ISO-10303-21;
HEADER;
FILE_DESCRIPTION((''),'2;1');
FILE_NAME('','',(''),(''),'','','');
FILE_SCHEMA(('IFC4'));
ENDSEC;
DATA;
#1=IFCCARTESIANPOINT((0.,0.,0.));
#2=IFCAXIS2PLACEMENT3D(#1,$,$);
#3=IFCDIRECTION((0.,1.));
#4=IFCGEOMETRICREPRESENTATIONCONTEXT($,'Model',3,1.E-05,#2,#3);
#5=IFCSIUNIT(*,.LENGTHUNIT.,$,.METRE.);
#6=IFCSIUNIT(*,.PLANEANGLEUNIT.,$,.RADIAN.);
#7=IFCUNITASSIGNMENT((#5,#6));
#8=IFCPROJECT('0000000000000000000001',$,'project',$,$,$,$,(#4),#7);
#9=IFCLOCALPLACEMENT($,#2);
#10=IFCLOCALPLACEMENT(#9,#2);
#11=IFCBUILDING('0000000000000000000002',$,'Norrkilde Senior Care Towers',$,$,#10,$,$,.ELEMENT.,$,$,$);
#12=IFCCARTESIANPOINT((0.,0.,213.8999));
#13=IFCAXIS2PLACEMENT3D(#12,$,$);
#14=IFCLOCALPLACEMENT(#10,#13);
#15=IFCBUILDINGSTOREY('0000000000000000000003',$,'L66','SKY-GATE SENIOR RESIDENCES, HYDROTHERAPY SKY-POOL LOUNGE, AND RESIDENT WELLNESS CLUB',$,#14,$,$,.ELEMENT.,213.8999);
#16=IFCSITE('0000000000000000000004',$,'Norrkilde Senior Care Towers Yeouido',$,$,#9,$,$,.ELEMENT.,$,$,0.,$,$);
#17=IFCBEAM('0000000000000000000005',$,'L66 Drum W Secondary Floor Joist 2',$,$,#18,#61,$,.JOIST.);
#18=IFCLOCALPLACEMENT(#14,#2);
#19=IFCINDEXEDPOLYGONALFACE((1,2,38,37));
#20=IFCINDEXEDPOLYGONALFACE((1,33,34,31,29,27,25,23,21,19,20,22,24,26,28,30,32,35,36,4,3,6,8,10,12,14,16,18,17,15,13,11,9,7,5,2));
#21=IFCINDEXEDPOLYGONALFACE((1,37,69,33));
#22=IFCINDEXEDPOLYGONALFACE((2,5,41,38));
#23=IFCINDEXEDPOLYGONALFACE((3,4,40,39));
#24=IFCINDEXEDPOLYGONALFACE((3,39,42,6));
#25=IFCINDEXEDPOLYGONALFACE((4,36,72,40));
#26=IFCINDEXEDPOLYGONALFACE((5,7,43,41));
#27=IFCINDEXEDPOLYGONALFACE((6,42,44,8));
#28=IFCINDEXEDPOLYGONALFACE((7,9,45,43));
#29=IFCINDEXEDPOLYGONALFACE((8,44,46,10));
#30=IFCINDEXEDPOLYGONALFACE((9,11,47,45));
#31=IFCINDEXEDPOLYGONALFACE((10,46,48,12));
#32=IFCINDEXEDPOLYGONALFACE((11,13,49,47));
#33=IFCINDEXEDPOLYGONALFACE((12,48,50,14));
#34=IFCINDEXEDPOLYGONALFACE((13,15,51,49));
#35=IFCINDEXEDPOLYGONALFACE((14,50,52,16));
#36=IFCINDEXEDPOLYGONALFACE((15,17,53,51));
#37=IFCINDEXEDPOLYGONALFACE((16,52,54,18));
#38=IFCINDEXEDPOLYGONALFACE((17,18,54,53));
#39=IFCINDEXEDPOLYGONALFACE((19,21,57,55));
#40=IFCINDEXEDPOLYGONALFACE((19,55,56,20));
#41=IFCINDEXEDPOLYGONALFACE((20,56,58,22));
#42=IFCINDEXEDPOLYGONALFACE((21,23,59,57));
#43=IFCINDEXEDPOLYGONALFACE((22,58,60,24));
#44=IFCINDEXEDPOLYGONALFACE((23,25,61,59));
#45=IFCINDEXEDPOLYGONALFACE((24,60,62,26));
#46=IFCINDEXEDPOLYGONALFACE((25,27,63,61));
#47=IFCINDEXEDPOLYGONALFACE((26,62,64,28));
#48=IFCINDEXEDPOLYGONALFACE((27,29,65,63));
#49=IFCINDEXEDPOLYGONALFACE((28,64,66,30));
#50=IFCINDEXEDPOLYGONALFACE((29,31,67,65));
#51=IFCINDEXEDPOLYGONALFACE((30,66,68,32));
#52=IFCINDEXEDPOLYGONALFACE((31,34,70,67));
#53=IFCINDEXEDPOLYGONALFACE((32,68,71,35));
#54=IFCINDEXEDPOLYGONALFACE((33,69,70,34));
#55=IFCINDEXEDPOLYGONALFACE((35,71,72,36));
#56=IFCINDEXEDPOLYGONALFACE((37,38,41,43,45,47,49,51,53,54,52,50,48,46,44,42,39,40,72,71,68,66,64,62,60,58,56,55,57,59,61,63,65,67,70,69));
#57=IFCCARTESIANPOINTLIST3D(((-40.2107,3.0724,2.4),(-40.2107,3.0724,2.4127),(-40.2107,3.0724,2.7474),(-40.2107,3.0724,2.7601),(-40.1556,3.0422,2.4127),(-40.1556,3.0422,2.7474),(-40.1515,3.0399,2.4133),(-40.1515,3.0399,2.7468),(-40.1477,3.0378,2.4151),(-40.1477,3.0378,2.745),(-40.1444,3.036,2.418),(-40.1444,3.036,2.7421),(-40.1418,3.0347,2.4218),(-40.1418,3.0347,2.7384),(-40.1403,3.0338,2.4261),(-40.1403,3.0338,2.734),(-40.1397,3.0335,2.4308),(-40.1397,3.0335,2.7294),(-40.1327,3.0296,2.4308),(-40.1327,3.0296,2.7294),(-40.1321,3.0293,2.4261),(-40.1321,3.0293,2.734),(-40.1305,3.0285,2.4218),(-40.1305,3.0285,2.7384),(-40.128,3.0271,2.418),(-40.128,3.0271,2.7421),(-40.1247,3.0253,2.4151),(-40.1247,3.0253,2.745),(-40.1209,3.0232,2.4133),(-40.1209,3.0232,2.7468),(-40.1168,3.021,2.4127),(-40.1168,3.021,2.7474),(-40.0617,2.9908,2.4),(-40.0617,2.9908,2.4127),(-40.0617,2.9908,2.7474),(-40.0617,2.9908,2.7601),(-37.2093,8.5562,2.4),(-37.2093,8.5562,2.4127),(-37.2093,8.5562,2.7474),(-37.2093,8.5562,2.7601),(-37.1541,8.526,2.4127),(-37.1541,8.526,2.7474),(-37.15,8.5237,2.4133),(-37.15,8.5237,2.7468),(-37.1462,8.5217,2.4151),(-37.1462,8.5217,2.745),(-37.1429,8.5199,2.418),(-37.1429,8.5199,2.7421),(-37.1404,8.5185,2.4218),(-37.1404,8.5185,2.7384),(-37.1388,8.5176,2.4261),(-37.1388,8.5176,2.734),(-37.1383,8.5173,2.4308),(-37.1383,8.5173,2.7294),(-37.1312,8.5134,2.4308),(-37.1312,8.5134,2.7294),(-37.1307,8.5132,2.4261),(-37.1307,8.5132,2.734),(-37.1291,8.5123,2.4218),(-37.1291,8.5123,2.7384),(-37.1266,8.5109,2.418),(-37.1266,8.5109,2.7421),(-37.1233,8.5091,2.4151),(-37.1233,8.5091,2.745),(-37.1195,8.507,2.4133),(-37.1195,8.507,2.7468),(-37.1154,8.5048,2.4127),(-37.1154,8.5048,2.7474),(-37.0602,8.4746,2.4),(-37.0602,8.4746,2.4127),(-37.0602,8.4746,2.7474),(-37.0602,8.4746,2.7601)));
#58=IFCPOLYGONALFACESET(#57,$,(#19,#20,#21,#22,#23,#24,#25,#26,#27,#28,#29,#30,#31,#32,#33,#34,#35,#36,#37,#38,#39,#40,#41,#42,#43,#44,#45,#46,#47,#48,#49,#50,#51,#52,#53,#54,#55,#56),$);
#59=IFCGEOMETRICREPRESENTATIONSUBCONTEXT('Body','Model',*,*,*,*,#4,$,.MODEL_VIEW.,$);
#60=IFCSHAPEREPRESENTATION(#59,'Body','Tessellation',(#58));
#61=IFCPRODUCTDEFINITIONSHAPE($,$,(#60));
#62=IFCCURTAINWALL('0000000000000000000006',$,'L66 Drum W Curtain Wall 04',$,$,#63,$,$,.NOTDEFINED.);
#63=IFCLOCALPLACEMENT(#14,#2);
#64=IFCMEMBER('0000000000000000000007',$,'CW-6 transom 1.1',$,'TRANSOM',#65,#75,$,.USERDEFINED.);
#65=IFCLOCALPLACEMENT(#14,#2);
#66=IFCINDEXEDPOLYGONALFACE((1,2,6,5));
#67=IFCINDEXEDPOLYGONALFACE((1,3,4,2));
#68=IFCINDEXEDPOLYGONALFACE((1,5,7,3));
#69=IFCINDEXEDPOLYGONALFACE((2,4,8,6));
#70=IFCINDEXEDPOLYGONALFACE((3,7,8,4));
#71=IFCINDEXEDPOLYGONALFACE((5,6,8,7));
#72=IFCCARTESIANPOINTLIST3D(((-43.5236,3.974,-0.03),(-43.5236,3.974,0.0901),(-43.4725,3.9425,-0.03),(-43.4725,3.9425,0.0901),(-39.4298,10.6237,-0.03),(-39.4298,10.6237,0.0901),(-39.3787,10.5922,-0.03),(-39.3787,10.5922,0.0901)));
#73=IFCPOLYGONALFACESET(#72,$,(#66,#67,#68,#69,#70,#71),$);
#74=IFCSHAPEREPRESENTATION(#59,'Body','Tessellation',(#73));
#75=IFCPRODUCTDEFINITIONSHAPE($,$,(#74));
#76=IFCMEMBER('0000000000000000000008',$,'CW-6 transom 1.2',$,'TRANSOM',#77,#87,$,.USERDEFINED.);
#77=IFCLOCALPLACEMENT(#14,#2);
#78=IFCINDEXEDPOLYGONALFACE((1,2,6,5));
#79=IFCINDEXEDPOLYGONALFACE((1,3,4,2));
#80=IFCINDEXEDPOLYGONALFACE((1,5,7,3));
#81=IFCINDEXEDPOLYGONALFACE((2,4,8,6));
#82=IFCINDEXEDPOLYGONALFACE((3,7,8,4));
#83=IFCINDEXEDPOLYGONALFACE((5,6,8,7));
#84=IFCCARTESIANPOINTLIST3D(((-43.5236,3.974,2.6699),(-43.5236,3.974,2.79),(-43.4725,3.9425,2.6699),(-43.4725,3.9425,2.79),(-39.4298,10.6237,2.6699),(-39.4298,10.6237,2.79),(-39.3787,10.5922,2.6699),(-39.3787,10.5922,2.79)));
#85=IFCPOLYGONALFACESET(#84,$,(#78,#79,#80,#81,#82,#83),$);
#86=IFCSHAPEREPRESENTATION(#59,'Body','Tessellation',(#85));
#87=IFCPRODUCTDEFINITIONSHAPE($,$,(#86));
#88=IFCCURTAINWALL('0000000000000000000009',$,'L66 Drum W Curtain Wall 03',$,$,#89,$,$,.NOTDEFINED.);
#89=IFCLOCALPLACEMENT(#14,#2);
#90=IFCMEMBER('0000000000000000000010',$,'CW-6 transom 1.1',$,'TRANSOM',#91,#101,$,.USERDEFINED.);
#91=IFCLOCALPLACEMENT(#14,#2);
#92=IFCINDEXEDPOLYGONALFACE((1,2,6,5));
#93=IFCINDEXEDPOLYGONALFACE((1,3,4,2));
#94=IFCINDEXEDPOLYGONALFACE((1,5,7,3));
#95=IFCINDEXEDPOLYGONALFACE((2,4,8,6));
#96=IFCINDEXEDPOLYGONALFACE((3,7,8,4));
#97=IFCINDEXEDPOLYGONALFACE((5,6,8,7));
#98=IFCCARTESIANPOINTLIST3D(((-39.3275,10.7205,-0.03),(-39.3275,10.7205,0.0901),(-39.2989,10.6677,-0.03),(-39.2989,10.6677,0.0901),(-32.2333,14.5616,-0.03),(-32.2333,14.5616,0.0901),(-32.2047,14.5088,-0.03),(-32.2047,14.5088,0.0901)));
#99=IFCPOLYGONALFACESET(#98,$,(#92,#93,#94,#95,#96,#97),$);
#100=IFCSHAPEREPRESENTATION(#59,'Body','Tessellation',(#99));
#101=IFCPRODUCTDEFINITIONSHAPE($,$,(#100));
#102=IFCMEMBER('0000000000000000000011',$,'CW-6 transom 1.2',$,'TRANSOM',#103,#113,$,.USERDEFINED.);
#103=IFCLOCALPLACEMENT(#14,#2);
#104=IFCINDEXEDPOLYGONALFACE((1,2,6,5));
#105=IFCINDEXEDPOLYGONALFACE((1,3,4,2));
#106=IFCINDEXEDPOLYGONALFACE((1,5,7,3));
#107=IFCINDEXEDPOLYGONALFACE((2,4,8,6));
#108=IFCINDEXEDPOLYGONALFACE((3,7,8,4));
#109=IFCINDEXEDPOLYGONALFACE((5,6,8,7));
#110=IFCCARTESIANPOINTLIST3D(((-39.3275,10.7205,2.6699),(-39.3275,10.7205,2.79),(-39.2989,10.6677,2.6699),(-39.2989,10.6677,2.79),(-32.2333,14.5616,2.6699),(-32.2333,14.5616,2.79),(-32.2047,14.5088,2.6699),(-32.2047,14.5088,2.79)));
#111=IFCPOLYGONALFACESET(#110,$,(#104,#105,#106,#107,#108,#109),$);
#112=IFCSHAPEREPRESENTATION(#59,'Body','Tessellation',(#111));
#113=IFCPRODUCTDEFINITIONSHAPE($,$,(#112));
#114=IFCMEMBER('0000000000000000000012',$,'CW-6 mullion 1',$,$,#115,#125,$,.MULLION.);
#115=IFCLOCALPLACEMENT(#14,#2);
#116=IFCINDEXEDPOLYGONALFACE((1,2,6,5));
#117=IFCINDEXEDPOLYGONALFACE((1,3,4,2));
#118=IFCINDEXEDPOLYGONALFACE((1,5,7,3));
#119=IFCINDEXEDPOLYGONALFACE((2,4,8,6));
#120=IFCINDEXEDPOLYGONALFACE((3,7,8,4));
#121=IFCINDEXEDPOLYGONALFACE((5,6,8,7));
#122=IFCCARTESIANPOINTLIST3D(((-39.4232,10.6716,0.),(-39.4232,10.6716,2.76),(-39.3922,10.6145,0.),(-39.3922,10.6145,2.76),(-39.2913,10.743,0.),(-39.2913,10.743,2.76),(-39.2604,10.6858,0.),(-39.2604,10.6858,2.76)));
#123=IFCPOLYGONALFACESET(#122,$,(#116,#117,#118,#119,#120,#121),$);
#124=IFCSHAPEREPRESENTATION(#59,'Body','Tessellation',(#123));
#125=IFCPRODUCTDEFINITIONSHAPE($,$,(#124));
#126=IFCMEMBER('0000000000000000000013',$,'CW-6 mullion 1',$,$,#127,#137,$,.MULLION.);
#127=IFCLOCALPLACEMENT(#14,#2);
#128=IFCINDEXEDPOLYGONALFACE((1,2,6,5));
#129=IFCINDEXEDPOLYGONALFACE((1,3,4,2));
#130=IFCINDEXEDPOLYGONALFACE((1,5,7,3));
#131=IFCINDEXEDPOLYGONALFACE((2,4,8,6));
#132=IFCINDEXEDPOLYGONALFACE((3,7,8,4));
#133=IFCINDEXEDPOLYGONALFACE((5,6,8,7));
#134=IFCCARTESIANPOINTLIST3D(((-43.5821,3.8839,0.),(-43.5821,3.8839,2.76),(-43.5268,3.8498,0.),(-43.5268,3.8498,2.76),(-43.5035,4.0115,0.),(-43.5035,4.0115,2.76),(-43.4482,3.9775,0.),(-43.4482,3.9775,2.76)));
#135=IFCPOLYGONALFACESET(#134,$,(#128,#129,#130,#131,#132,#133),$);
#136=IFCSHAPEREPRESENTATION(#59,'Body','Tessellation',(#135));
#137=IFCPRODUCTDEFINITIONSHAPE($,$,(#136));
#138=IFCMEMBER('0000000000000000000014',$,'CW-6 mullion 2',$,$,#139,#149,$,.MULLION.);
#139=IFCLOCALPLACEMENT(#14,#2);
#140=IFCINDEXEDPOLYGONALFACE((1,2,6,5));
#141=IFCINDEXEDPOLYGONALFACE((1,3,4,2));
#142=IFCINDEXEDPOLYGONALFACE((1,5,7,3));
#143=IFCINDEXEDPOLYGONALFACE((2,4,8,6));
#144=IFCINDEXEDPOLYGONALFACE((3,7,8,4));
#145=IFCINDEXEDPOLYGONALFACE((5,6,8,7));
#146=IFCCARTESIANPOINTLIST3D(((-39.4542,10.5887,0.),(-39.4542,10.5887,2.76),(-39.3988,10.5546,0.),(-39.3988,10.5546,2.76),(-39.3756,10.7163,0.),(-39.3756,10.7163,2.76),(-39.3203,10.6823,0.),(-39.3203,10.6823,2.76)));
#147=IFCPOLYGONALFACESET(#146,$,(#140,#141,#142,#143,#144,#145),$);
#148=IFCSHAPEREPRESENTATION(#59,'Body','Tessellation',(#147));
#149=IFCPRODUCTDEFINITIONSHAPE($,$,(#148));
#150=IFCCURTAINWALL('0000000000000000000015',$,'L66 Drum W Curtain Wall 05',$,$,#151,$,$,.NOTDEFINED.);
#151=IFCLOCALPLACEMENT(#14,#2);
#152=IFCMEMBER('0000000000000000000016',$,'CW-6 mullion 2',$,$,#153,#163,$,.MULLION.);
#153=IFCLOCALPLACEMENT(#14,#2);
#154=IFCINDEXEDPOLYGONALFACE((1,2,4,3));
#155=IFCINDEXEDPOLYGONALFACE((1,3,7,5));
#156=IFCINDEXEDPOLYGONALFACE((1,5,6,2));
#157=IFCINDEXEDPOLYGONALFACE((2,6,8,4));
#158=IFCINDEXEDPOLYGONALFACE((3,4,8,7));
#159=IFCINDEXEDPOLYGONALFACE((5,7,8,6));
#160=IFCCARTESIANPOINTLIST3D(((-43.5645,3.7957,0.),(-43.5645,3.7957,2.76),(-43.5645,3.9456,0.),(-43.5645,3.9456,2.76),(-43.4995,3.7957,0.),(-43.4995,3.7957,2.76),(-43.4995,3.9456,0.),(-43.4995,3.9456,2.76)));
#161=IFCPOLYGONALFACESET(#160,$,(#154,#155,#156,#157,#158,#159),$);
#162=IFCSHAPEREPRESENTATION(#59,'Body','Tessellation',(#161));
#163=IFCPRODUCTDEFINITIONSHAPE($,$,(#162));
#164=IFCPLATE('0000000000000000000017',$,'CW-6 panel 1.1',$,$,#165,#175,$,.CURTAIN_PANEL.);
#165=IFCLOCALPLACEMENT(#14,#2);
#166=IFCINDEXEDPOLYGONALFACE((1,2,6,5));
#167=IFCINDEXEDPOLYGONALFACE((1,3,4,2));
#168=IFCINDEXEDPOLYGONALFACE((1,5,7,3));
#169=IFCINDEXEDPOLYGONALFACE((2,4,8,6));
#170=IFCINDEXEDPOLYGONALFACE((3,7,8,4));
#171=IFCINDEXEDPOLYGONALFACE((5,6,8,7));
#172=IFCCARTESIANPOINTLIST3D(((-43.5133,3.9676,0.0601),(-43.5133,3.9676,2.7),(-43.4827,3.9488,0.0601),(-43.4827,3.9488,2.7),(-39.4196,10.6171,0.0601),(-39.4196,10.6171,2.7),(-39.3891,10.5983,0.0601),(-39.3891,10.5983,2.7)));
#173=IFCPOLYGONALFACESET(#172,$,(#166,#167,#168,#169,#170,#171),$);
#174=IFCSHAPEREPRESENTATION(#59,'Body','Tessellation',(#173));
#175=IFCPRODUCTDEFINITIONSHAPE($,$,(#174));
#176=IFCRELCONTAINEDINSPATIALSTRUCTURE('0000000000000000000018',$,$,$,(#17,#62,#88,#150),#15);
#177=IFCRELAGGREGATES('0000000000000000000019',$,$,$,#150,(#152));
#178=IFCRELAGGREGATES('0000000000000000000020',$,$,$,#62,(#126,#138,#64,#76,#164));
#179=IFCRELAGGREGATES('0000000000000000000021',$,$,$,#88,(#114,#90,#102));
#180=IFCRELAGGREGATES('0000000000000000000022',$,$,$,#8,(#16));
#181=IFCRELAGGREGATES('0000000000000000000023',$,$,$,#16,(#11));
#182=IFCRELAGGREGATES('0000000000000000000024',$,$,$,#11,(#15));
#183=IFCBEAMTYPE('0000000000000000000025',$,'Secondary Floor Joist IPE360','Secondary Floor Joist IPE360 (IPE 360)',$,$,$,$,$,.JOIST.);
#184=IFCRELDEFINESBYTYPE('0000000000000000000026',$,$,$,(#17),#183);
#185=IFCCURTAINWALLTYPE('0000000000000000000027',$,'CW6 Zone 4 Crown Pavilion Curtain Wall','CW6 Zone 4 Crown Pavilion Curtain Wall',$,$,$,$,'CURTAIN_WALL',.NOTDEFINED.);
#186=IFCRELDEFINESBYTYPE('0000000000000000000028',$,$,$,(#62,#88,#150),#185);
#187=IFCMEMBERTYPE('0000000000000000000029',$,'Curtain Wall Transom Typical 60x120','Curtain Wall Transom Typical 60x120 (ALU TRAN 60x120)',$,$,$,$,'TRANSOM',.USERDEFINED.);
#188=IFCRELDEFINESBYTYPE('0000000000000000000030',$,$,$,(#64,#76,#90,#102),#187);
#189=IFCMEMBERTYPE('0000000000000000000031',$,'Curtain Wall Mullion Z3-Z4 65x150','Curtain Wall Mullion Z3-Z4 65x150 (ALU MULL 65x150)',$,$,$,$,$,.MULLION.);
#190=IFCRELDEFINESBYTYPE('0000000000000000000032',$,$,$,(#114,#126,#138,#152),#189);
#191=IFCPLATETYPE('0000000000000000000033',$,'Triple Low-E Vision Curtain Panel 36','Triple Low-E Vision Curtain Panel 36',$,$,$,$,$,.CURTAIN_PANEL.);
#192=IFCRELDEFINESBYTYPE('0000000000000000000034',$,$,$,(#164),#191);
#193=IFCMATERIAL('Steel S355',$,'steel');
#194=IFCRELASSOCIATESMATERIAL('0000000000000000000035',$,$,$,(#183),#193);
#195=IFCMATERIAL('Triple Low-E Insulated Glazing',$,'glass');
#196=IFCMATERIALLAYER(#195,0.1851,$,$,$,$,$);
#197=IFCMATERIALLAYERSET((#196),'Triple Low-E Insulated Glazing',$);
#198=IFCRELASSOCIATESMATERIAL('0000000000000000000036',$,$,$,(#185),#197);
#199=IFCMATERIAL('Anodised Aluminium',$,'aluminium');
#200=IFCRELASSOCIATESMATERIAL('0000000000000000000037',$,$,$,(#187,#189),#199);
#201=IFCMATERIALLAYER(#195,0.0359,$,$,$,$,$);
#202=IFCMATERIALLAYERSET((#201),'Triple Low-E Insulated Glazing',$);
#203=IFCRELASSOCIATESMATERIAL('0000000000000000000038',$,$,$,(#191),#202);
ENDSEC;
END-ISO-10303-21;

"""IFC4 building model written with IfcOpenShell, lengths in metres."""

from ifc_helpers import new_model, si_unit, direction, frame, origin, origin_2d, place, context, subcontext, project, spatial, rectangle, i_section, extrude, source, transform, mapped, material, layer, layer_set, material_profile, profile_set, type_object, type_shapes, element, aggregate, save


model = new_model("IFC4")

# Units and contexts
model_context = context("Model", 3, precision=1e-05, world=origin(), true_north=direction((0.0, 1.0)))
body_context = subcontext(model_context, "Body", "Model", "MODEL_VIEW")
ifc_project = project(units=[si_unit("LENGTHUNIT", "METRE"), si_unit("PLANEANGLEUNIT", "RADIAN")], contexts=[model_context])

# Site, building, storey
site_placement = place(None, origin())
site = spatial("IfcSite", under=ifc_project, at=site_placement, Name="Norrkilde Senior Care Towers Yeouido", CompositionType="ELEMENT", RefElevation=0.0)
building_placement = place(site_placement, origin())
building = spatial("IfcBuilding", under=site, at=building_placement, Name="Norrkilde Senior Care Towers", CompositionType="ELEMENT")
storey_placement = place(building_placement, frame((0.0, 0.0, 213.8999)))
storey = spatial("IfcBuildingStorey", under=building, at=storey_placement, Name="L66", Description="SKY-GATE SENIOR RESIDENCES, HYDROTHERAPY SKY-POOL LOUNGE, AND RESIDENT WELLNESS CLUB", CompositionType="ELEMENT", Elevation=213.8999)

# Beam
ifc_material_1 = material(Name="Steel S355", Category="steel")
ifc_material_profile_1 = material_profile(ifc_material_1, i_section(OverallWidth=0.1699, OverallDepth=0.3601, WebThickness=0.0081, FlangeThickness=0.0127, FilletRadius=0.0181, at=origin_2d()), Name="IPE 360")
ifc_profile_set_1 = profile_set([ifc_material_profile_1], Name="Steel S355")
beam_type_1 = type_object("IfcBeamType", Name="Secondary Floor Joist IPE360", Description="Secondary Floor Joist IPE360 (IPE 360)", PredefinedType="JOIST", material=ifc_profile_set_1)
shared_shape_1 = source(origin(), body_context, "Body", "SweptSolid", [
    extrude(i_section(OverallWidth=0.1699, OverallDepth=0.3601, WebThickness=0.0081, FlangeThickness=0.0127, FilletRadius=0.0181, at=origin_2d()), origin(), (0.0, 0.0, 1.0), 6.2515),
])
type_shapes(beam_type_1, [shared_shape_1])
beam_1_placement = place(storey_placement, frame((-37.1348, 8.5154, 2.5801), z_axis=(-0.480116, -0.877205, 0.0), x_axis=(0.877205, -0.480116, 0.0)))
element("IfcBeam", 1, at=beam_1_placement, inside=storey, type_object=beam_type_1, Name="L66 Drum W Secondary Floor Joist 2", PredefinedType="JOIST", context=body_context, shape_type="MappedRepresentation", body=[
    mapped(shared_shape_1, transform((0.0, 0.0, 0.0), x_axis=(1.0, 0.0, 0.0), y_axis=(0.0, 1.0, 0.0), z_axis=(0.0, 0.0, 1.0), scale=1.0)),
])

# Curtain walls, members
ifc_material_2 = material(Name="Triple Low-E Insulated Glazing", Category="glass")
ifc_layer_1 = layer(ifc_material_2, 0.1851)
ifc_layer_set_1 = layer_set([ifc_layer_1], Name="Triple Low-E Insulated Glazing")
curtain_wall_type = type_object("IfcCurtainWallType", Name="CW6 Zone 4 Crown Pavilion Curtain Wall", Description="CW6 Zone 4 Crown Pavilion Curtain Wall", ElementType="CURTAIN_WALL", PredefinedType="NOTDEFINED", material=ifc_layer_set_1)
curtain_wall_1_placement = place(storey_placement, origin())
curtain_wall_1 = element("IfcCurtainWall", 2, at=curtain_wall_1_placement, inside=storey, type_object=curtain_wall_type, Name="L66 Drum W Curtain Wall 04", PredefinedType="NOTDEFINED")
ifc_material_3 = material(Name="Anodised Aluminium", Category="aluminium")
ifc_material_profile_2 = material_profile(ifc_material_3, rectangle(XDim=0.0601, YDim=0.1201, at=origin_2d()), Name="ALU TRAN 60x120")
ifc_profile_set_2 = profile_set([ifc_material_profile_2], Name="Anodised Aluminium")
member_type_1 = type_object("IfcMemberType", Name="Curtain Wall Transom Typical 60x120", Description="Curtain Wall Transom Typical 60x120 (ALU TRAN 60x120)", ElementType="TRANSOM", PredefinedType="USERDEFINED", material=ifc_profile_set_2)
shared_shape_2 = source(origin(), body_context, "Body", "SweptSolid", [
    extrude(rectangle(XDim=0.0601, YDim=0.1201, at=origin_2d()), origin(), (0.0, 0.0, 1.0), 7.8088),
])
member_1_placement = place(storey_placement, frame((-43.498, 3.9583, 0.03), z_axis=(0.524251, 0.851564, 0.0), x_axis=(-0.851564, 0.524251, 0.0)))
member_1 = element("IfcMember", 3, at=member_1_placement, type_object=member_type_1, Name="CW-6 transom 1.1", ObjectType="TRANSOM", PredefinedType="USERDEFINED", context=body_context, shape_type="MappedRepresentation", body=[
    mapped(shared_shape_2, transform((0.0, 0.0, 0.0), x_axis=(1.0, 0.0, 0.0), y_axis=(0.0, 1.0, 0.0), z_axis=(0.0, 0.0, 1.0), scale=1.0)),
])
member_2_placement = place(storey_placement, frame((-43.498, 3.9583, 2.73), z_axis=(0.524251, 0.851564, 0.0), x_axis=(-0.851564, 0.524251, 0.0)))
member_2 = element("IfcMember", 4, at=member_2_placement, type_object=member_type_1, Name="CW-6 transom 1.2", ObjectType="TRANSOM", PredefinedType="USERDEFINED", context=body_context, shape_type="MappedRepresentation", body=[
    mapped(shared_shape_2, transform((0.0, 0.0, 0.0), x_axis=(1.0, 0.0, 0.0), y_axis=(0.0, 1.0, 0.0), z_axis=(0.0, 0.0, 1.0), scale=1.0)),
])
curtain_wall_2_placement = place(storey_placement, origin())
curtain_wall_2 = element("IfcCurtainWall", 5, at=curtain_wall_2_placement, inside=storey, type_object=curtain_wall_type, Name="L66 Drum W Curtain Wall 03", PredefinedType="NOTDEFINED")
shared_shape_3 = source(origin(), body_context, "Body", "SweptSolid", [
    extrude(rectangle(XDim=0.0601, YDim=0.1201, at=origin_2d()), origin(), (0.0, 0.0, 1.0), 8.0674),
])
type_shapes(member_type_1, [shared_shape_2, shared_shape_3])
member_3_placement = place(storey_placement, frame((-39.3132, 10.6941, 0.03), z_axis=(0.879378, 0.476125, 0.0), x_axis=(-0.476125, 0.879378, 0.0)))
member_3 = element("IfcMember", 6, at=member_3_placement, type_object=member_type_1, Name="CW-6 transom 1.1", ObjectType="TRANSOM", PredefinedType="USERDEFINED", context=body_context, shape_type="MappedRepresentation", body=[
    mapped(shared_shape_3, transform((0.0, 0.0, 0.0), x_axis=(1.0, 0.0, 0.0), y_axis=(0.0, 1.0, 0.0), z_axis=(0.0, 0.0, 1.0), scale=1.0)),
])
member_4_placement = place(storey_placement, frame((-39.3132, 10.6941, 2.73), z_axis=(0.879378, 0.476125, 0.0), x_axis=(-0.476125, 0.879378, 0.0)))
member_4 = element("IfcMember", 7, at=member_4_placement, type_object=member_type_1, Name="CW-6 transom 1.2", ObjectType="TRANSOM", PredefinedType="USERDEFINED", context=body_context, shape_type="MappedRepresentation", body=[
    mapped(shared_shape_3, transform((0.0, 0.0, 0.0), x_axis=(1.0, 0.0, 0.0), y_axis=(0.0, 1.0, 0.0), z_axis=(0.0, 0.0, 1.0), scale=1.0)),
])
ifc_material_profile_3 = material_profile(ifc_material_3, rectangle(XDim=0.0649, YDim=0.1499, at=origin_2d()), Name="ALU MULL 65x150")
ifc_profile_set_3 = profile_set([ifc_material_profile_3], Name="Anodised Aluminium")
member_type_2 = type_object("IfcMemberType", Name="Curtain Wall Mullion Z3-Z4 65x150", Description="Curtain Wall Mullion Z3-Z4 65x150 (ALU MULL 65x150)", PredefinedType="MULLION", material=ifc_profile_set_3)
shared_shape_4 = source(origin(), body_context, "Body", "SweptSolid", [
    extrude(rectangle(XDim=0.0649, YDim=0.1499, at=origin_2d()), origin(), (0.0, 0.0, 1.0), 2.76),
])
type_shapes(member_type_2, [shared_shape_4])
member_5_placement = place(storey_placement, frame((-39.3418, 10.6787, 0.0), z_axis=(0.0, 0.0, 1.0), x_axis=(-0.476133, 0.879373, 0.0)))
member_5 = element("IfcMember", 8, at=member_5_placement, type_object=member_type_2, Name="CW-6 mullion 1", PredefinedType="MULLION", context=body_context, shape_type="MappedRepresentation", body=[
    mapped(shared_shape_4, transform((0.0, 0.0, 0.0), x_axis=(1.0, 0.0, 0.0), y_axis=(0.0, 1.0, 0.0), z_axis=(0.0, 0.0, 1.0), scale=1.0)),
])

# Members
member_6_placement = place(storey_placement, frame((-43.5151, 3.9307, 0.0), z_axis=(0.0, 0.0, 1.0), x_axis=(-0.851563, 0.524253, 0.0)))
member_6 = element("IfcMember", 9, at=member_6_placement, type_object=member_type_2, Name="CW-6 mullion 1", PredefinedType="MULLION", context=body_context, shape_type="MappedRepresentation", body=[
    mapped(shared_shape_4, transform((0.0, 0.0, 0.0), x_axis=(1.0, 0.0, 0.0), y_axis=(0.0, 1.0, 0.0), z_axis=(0.0, 0.0, 1.0), scale=1.0)),
])
member_7_placement = place(storey_placement, frame((-39.3872, 10.6355, 0.0), z_axis=(0.0, 0.0, 1.0), x_axis=(-0.851563, 0.524253, 0.0)))
member_7 = element("IfcMember", 10, at=member_7_placement, type_object=member_type_2, Name="CW-6 mullion 2", PredefinedType="MULLION", context=body_context, shape_type="MappedRepresentation", body=[
    mapped(shared_shape_4, transform((0.0, 0.0, 0.0), x_axis=(1.0, 0.0, 0.0), y_axis=(0.0, 1.0, 0.0), z_axis=(0.0, 0.0, 1.0), scale=1.0)),
])

# Curtain wall, member
curtain_wall_3_placement = place(storey_placement, origin())
curtain_wall_3 = element("IfcCurtainWall", 11, at=curtain_wall_3_placement, inside=storey, type_object=curtain_wall_type, Name="L66 Drum W Curtain Wall 05", PredefinedType="NOTDEFINED")
member_8_placement = place(storey_placement, frame((-43.532, 3.8706, 0.0), z_axis=(0.0, 0.0, 1.0), x_axis=(-1.0, 0.0, 0.0)))
member_8 = element("IfcMember", 12, at=member_8_placement, type_object=member_type_2, Name="CW-6 mullion 2", PredefinedType="MULLION", context=body_context, shape_type="MappedRepresentation", body=[
    mapped(shared_shape_4, transform((0.0, 0.0, 0.0), x_axis=(1.0, 0.0, 0.0), y_axis=(0.0, 1.0, 0.0), z_axis=(0.0, 0.0, 1.0), scale=1.0)),
])
aggregate(curtain_wall_3, [member_8])

# Plate
ifc_layer_2 = layer(ifc_material_2, 0.0359)
ifc_layer_set_2 = layer_set([ifc_layer_2], Name="Triple Low-E Insulated Glazing")
plate_type = type_object("IfcPlateType", Name="Triple Low-E Vision Curtain Panel 36", Description="Triple Low-E Vision Curtain Panel 36", PredefinedType="CURTAIN_PANEL", material=ifc_layer_set_2)
shared_shape_5 = source(origin(), body_context, "Body", "SweptSolid", [
    extrude(rectangle(XDim=7.8086, YDim=0.0359, at=origin_2d()), origin(), (0.0, 0.0, 1.0), 2.6399),
])
plate_1_placement = place(storey_placement, frame((-41.4512, 7.283, 0.0601), z_axis=(0.0, 0.0, 1.0), x_axis=(0.524253, 0.851563, 0.0)))
plate_1 = element("IfcPlate", 13, at=plate_1_placement, type_object=plate_type, Name="CW-6 panel 1.1", PredefinedType="CURTAIN_PANEL", context=body_context, shape_type="MappedRepresentation", body=[
    mapped(shared_shape_5, transform((0.0, 0.0, 0.0), x_axis=(1.0, 0.0, 0.0), y_axis=(0.0, 1.0, 0.0), z_axis=(0.0, 0.0, 1.0), scale=1.0)),
])
aggregate(curtain_wall_1, [member_6, member_7, member_1, member_2, plate_1])
aggregate(curtain_wall_2, [member_5, member_3, member_4])

save(model, "model.ifc")
